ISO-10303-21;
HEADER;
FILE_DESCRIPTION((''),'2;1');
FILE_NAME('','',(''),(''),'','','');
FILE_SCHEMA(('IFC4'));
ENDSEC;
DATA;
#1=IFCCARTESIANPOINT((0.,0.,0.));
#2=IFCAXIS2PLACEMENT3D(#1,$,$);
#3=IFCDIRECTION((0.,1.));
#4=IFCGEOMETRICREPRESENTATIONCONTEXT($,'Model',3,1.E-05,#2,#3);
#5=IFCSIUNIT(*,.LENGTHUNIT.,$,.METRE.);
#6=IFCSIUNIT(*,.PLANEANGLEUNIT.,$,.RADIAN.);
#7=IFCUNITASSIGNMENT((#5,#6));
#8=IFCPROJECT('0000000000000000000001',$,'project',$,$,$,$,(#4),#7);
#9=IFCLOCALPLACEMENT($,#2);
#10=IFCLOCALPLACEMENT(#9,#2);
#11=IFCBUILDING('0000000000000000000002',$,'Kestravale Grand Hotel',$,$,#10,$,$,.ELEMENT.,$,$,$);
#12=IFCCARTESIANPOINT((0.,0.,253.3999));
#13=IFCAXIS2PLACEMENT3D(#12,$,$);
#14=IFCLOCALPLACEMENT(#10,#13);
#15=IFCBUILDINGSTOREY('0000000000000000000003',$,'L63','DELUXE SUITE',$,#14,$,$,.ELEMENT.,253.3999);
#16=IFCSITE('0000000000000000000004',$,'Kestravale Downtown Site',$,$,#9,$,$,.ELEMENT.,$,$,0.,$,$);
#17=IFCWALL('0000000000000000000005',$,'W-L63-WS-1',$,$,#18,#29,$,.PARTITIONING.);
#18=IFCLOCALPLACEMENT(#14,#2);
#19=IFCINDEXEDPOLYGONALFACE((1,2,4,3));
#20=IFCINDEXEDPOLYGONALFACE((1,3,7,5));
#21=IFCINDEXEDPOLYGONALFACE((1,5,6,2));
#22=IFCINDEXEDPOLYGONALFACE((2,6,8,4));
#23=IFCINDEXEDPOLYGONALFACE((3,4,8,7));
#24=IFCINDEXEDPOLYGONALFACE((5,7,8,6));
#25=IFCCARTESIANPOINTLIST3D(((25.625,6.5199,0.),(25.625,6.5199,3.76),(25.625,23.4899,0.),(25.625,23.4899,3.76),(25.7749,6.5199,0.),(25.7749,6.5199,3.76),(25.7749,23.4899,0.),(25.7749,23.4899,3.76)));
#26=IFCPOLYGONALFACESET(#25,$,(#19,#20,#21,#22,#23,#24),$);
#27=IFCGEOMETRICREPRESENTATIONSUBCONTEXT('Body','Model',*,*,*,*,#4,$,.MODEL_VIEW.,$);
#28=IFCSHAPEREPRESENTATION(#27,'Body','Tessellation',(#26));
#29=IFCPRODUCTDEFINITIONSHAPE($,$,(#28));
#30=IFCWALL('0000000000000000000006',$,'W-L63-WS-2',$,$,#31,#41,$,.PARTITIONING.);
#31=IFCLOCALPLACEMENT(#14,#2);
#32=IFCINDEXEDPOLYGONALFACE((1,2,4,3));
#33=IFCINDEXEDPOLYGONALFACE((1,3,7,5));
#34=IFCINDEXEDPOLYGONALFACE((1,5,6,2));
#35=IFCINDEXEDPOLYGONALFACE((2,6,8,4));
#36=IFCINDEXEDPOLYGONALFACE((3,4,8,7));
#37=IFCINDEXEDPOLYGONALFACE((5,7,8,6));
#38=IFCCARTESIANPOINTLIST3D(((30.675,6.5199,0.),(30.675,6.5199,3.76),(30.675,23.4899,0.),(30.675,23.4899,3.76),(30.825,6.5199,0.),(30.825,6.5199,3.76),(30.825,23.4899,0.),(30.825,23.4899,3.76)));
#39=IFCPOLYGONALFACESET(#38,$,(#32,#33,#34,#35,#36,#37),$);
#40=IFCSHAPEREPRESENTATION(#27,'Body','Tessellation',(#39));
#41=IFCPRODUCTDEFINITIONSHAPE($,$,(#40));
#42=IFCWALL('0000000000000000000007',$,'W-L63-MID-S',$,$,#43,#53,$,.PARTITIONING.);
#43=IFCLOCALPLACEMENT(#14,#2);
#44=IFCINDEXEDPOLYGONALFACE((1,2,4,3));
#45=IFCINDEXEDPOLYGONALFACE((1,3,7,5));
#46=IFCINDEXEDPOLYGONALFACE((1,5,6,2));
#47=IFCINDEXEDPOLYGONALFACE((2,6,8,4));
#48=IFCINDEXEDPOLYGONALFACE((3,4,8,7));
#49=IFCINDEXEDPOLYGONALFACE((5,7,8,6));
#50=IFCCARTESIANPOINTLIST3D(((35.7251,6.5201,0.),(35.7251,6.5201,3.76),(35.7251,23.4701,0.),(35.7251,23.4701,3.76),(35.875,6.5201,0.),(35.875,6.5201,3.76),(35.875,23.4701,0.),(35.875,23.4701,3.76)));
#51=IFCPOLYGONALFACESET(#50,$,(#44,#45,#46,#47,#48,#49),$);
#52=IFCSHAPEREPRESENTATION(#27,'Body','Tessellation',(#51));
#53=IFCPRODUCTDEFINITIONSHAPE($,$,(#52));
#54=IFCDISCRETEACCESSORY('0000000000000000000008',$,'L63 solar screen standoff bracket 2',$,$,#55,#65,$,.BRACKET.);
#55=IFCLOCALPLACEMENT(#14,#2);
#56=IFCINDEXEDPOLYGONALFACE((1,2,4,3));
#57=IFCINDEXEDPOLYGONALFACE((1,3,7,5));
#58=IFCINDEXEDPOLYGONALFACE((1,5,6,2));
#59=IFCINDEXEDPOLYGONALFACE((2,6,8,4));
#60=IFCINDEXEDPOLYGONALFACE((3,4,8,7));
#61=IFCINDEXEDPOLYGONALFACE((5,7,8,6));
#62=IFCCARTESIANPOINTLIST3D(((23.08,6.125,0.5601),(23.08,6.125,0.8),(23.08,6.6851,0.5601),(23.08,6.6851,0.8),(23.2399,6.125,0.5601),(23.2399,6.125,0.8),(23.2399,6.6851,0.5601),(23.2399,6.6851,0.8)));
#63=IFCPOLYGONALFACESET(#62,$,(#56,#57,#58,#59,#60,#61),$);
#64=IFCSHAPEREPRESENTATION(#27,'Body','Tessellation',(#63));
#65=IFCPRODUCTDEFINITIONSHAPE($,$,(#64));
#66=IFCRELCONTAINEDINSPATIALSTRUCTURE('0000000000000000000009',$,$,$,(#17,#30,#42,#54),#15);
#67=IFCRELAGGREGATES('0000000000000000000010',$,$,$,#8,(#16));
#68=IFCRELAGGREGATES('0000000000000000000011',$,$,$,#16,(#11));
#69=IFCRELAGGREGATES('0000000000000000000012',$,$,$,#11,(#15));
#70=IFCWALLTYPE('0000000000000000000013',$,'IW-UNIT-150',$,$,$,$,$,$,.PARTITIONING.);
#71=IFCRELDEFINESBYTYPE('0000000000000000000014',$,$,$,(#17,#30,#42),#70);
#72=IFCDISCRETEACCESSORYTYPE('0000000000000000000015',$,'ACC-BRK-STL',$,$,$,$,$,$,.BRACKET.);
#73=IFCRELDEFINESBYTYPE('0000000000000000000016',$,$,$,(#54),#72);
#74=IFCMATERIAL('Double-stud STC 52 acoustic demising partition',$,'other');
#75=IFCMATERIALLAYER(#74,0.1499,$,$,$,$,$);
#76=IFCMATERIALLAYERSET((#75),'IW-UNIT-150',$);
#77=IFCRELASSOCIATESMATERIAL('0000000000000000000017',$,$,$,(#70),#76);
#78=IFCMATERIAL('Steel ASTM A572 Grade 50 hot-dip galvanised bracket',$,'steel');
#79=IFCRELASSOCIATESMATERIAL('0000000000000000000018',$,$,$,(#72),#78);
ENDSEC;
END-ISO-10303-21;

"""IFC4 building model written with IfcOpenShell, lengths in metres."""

from ifc_helpers import new_model, si_unit, direction, frame, frame_2d, origin, origin_2d, place, context, subcontext, project, spatial, rectangle, extrude, material, layer, layer_set, type_object, element, save


model = new_model("IFC4")

# Units and contexts
model_context = context("Model", 3, precision=1e-05, world=origin(), true_north=direction((0.0, 1.0)))
body_context = subcontext(model_context, "Body", "Model", "MODEL_VIEW")
ifc_project = project(units=[si_unit("LENGTHUNIT", "METRE"), si_unit("PLANEANGLEUNIT", "RADIAN")], contexts=[model_context])

# Site, building, storey
site_placement = place(None, origin())
site = spatial("IfcSite", under=ifc_project, at=site_placement, Name="Kestravale Downtown Site", CompositionType="ELEMENT", RefElevation=0.0)
building_placement = place(site_placement, origin())
building = spatial("IfcBuilding", under=site, at=building_placement, Name="Kestravale Grand Hotel", CompositionType="ELEMENT")
storey_placement = place(building_placement, frame((0.0, 0.0, 253.3999)))
storey = spatial("IfcBuildingStorey", under=building, at=storey_placement, Name="L63", Description="DELUXE SUITE", CompositionType="ELEMENT", Elevation=253.3999)

# Walls
ifc_material_1 = material(Name="Double-stud STC 52 acoustic demising partition", Category="other")
ifc_layer_1 = layer(ifc_material_1, 0.1499)
ifc_layer_set_1 = layer_set([ifc_layer_1], Name="IW-UNIT-150")
wall_type_1 = type_object("IfcWallType", Name="IW-UNIT-150", PredefinedType="PARTITIONING", material=ifc_layer_set_1)
for number, where, z_axis, x_axis, name in (
    (1, (25.7, 6.52, 0.0), (0.0, 0.0, 1.0), (0.0, 1.0, 0.0), "W-L63-WS-1"),
    (2, (30.75, 6.52, 0.0), (0.0, 0.0, 1.0), (0.0, 1.0, 0.0), "W-L63-WS-2"),
):
    element("IfcWall", number, at=place(storey_placement, frame(where, z_axis=z_axis, x_axis=x_axis)), inside=storey, type_object=wall_type_1, Name=name, PredefinedType="PARTITIONING", context=body_context, shape_type="SweptSolid", body=[
        extrude(rectangle(XDim=16.97, YDim=0.1499, at=frame_2d((8.4849, 0.0))), origin(), (0.0, 0.0, 1.0), 3.76),
    ])
wall_1_placement = place(storey_placement, frame((35.8, 6.52, 0.0), z_axis=(0.0, 0.0, 1.0), x_axis=(0.0, 1.0, 0.0)))
element("IfcWall", 3, at=wall_1_placement, inside=storey, type_object=wall_type_1, Name="W-L63-MID-S", PredefinedType="PARTITIONING", context=body_context, shape_type="SweptSolid", body=[
    extrude(rectangle(XDim=16.95, YDim=0.1499, at=frame_2d((8.4751, 0.0))), origin(), (0.0, 0.0, 1.0), 3.76),
])

# Discrete accessory
ifc_material_2 = material(Name="Steel ASTM A572 Grade 50 hot-dip galvanised bracket", Category="steel")
discrete_accessory_type = type_object("IfcDiscreteAccessoryType", Name="ACC-BRK-STL", PredefinedType="BRACKET", material=ifc_material_2)
discrete_accessory_placement = place(storey_placement, frame((23.1599, 6.405, 0.5601), z_axis=(0.0, 0.0, 1.0), x_axis=(1.0, 0.0, 0.0)))
element("IfcDiscreteAccessory", 4, at=discrete_accessory_placement, inside=storey, type_object=discrete_accessory_type, Name="L63 solar screen standoff bracket 2", PredefinedType="BRACKET", context=body_context, shape_type="SweptSolid", body=[
    extrude(rectangle(XDim=0.1599, YDim=0.5601, at=origin_2d()), origin(), (0.0, 0.0, 1.0), 0.24),
])

save(model, "model.ifc")
